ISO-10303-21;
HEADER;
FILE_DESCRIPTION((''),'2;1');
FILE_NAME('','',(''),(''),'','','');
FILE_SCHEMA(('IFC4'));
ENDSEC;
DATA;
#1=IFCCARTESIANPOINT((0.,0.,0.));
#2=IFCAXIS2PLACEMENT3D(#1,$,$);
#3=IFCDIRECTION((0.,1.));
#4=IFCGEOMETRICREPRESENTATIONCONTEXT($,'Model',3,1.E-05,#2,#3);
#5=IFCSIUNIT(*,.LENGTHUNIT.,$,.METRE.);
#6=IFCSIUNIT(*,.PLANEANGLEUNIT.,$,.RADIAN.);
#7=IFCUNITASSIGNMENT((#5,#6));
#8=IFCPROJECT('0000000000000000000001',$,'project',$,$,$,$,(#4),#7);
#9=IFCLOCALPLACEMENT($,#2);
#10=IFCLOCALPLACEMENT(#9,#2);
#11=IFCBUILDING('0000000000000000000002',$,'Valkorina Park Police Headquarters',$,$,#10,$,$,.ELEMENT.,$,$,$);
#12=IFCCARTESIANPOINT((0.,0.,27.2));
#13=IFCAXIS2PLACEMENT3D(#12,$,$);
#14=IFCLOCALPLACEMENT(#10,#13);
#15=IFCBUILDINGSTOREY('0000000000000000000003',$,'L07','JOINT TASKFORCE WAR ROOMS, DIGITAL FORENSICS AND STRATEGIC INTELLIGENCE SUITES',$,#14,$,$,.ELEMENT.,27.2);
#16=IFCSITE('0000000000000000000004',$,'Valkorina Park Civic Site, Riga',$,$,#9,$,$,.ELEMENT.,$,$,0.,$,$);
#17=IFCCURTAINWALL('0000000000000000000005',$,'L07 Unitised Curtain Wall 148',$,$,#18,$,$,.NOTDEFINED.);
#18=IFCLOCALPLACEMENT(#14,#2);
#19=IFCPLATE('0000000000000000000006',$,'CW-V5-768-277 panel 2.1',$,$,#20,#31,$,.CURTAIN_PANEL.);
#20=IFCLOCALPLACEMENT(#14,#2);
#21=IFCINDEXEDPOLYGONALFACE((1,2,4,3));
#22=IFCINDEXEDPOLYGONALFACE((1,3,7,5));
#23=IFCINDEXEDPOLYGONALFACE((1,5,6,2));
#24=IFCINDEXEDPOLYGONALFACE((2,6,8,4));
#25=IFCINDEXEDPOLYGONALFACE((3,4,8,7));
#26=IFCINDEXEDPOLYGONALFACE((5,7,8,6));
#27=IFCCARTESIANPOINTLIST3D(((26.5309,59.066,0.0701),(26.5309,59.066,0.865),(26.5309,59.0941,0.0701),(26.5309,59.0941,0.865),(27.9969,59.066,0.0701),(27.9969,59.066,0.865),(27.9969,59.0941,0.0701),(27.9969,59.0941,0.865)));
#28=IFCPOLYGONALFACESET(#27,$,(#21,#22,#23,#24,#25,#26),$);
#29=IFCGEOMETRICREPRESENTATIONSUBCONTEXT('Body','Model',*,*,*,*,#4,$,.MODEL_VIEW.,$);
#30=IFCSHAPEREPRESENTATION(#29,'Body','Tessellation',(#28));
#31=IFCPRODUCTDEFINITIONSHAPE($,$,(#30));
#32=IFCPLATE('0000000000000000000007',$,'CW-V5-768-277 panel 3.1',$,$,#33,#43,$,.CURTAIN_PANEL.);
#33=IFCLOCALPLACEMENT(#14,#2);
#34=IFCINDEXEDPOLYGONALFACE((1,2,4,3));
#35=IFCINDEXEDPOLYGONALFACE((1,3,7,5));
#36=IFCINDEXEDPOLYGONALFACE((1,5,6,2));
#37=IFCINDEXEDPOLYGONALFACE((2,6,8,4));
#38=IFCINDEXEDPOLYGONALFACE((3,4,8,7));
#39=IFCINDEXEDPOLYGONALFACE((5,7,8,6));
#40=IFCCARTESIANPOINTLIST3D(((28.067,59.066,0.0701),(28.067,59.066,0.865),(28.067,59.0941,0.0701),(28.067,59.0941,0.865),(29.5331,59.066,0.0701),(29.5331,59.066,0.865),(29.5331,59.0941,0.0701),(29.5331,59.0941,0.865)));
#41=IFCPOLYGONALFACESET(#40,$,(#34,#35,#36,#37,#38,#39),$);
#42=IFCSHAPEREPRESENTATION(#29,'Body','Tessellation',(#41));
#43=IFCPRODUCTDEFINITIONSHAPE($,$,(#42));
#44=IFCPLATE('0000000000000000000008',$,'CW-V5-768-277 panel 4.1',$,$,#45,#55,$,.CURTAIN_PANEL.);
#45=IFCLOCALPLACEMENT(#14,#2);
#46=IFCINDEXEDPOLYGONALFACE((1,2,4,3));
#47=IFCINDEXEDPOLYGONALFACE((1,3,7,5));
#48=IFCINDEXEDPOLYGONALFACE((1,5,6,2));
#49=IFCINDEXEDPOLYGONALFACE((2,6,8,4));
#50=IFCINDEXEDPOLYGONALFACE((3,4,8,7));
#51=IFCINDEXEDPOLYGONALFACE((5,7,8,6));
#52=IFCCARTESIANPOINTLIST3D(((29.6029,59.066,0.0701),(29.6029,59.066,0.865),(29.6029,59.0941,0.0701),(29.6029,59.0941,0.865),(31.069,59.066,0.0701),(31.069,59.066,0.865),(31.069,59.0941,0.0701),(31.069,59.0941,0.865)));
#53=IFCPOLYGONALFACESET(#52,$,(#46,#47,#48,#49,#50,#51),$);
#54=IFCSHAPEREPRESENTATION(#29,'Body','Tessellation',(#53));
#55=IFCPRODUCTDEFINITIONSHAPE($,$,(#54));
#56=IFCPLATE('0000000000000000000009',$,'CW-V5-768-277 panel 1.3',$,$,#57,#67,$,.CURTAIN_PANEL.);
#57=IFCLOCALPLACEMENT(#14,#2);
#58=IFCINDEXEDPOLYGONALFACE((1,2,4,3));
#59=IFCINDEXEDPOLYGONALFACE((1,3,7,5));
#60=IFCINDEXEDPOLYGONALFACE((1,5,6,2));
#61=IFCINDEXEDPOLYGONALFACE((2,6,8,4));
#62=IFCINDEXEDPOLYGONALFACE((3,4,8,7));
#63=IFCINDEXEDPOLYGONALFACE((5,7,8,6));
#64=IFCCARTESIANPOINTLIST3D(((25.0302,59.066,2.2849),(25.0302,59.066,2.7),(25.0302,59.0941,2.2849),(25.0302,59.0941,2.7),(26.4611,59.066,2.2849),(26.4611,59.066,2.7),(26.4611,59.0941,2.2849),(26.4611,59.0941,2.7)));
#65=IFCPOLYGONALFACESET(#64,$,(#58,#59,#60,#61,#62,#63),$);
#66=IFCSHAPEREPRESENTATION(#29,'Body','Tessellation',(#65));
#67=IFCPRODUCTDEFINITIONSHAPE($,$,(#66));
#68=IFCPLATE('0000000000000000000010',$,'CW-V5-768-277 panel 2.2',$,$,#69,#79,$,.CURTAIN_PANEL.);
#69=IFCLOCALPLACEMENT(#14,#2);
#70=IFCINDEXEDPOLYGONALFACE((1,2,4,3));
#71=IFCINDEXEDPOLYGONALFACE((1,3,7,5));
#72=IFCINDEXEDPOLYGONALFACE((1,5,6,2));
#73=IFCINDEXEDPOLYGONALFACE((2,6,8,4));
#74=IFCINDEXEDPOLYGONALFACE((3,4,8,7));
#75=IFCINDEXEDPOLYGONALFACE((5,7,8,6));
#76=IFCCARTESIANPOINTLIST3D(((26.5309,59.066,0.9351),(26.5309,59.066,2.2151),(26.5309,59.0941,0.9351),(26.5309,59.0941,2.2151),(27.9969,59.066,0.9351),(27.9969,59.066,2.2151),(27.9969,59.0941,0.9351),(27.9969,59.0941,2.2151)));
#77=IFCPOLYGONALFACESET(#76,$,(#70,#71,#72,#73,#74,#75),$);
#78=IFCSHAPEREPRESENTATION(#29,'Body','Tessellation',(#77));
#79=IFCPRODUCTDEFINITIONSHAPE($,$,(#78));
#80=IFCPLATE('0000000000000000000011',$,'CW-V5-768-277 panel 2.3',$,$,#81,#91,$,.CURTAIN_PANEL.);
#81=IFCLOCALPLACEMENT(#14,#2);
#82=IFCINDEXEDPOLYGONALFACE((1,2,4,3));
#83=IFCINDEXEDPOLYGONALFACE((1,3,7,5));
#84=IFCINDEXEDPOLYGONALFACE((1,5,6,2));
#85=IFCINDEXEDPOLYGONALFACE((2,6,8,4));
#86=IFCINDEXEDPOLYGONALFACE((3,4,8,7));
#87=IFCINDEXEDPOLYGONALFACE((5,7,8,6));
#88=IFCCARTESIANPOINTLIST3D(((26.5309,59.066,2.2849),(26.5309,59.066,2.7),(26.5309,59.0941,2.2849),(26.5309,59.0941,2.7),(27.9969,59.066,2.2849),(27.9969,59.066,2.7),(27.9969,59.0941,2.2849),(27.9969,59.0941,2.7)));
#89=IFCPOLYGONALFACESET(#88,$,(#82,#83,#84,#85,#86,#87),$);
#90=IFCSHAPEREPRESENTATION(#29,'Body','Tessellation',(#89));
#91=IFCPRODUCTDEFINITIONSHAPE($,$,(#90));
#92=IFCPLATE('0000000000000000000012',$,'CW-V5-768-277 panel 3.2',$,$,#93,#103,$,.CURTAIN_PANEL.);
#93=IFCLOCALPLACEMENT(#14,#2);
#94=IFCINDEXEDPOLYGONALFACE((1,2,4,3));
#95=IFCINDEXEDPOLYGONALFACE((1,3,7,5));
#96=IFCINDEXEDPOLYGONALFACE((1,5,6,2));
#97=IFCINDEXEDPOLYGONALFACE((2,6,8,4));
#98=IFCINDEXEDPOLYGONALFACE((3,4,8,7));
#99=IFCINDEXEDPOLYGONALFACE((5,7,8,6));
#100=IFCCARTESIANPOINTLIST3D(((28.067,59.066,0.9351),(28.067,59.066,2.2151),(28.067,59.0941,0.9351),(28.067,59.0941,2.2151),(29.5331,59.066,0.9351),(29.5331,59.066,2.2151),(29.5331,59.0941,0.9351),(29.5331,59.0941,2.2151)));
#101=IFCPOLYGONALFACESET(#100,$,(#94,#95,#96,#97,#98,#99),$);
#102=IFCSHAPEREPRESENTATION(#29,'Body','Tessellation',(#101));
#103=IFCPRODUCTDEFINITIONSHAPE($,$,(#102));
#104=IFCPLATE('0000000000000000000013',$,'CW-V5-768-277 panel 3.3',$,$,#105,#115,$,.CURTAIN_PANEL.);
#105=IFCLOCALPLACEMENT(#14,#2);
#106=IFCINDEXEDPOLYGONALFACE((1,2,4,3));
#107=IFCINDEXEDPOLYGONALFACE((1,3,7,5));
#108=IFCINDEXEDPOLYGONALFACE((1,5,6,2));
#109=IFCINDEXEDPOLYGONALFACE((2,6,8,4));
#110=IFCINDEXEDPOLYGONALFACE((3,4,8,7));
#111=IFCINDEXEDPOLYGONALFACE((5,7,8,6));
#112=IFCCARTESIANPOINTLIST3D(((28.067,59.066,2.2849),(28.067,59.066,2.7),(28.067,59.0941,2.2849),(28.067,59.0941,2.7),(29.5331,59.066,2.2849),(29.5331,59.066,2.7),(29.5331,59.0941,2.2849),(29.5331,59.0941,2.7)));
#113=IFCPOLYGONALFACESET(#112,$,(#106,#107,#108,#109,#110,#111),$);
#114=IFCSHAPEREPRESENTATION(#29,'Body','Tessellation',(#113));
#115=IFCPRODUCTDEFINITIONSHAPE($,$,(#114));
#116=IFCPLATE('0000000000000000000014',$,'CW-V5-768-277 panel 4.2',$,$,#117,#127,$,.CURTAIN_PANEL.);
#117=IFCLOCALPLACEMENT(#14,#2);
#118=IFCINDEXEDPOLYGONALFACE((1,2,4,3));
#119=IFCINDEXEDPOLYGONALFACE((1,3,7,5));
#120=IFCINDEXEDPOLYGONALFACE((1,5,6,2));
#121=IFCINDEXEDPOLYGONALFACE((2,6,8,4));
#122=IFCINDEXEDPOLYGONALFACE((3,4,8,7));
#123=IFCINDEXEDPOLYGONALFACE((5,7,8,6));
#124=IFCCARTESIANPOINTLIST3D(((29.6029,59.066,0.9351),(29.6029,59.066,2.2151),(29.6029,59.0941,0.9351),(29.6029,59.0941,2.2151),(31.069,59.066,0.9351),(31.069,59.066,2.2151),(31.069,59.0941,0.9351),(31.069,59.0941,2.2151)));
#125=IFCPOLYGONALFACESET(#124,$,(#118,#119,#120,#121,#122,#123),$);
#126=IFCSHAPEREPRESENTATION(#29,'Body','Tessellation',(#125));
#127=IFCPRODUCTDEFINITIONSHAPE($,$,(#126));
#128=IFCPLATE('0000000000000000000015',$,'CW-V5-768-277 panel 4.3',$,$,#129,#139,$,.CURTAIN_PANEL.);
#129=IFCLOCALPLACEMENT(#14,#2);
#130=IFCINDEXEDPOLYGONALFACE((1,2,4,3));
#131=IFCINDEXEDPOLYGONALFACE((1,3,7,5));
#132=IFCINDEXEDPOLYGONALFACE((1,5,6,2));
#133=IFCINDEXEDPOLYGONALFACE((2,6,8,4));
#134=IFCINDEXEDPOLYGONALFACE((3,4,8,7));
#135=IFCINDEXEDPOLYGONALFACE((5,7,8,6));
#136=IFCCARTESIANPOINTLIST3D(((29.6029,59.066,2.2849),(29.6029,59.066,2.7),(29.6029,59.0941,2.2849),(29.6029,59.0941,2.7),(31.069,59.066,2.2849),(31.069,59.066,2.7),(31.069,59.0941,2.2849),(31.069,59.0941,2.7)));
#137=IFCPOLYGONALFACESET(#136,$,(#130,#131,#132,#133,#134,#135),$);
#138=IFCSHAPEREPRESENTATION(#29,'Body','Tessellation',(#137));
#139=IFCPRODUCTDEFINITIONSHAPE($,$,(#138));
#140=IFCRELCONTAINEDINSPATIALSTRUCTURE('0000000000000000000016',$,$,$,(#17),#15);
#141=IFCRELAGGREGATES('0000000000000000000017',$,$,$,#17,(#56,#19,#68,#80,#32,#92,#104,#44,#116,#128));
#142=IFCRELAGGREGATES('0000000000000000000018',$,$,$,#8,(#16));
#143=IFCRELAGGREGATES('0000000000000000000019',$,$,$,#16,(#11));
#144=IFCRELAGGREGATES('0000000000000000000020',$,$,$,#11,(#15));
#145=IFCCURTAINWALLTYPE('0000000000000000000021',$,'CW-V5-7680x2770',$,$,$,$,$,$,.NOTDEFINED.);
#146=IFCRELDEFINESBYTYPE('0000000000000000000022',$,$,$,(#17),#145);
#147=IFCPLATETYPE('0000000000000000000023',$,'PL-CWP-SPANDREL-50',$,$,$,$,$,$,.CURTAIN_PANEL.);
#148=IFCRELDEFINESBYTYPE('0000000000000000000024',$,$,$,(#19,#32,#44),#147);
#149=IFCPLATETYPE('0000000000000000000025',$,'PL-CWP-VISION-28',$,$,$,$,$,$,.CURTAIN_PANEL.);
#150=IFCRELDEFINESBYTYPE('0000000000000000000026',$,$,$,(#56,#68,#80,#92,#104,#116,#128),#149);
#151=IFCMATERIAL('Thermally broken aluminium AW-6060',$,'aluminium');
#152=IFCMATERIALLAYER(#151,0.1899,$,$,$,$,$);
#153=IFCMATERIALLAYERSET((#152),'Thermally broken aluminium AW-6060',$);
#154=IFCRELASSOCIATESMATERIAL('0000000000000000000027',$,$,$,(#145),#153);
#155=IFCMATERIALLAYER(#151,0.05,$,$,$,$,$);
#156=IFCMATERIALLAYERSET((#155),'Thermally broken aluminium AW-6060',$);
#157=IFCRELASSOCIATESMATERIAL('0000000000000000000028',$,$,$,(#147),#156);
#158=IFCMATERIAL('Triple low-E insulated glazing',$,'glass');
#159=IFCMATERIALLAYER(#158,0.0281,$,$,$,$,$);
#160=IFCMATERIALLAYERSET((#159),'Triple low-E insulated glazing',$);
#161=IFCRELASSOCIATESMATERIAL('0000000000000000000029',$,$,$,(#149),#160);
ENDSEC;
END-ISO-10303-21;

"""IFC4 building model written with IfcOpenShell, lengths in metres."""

from ifc_helpers import new_model, si_unit, direction, frame, origin, origin_2d, place, context, subcontext, project, spatial, rectangle, extrude, material, layer, layer_set, type_object, element, aggregate, save


model = new_model("IFC4")

# Units and contexts
model_context = context("Model", 3, precision=1e-05, world=origin(), true_north=direction((0.0, 1.0)))
body_context = subcontext(model_context, "Body", "Model", "MODEL_VIEW")
ifc_project = project(units=[si_unit("LENGTHUNIT", "METRE"), si_unit("PLANEANGLEUNIT", "RADIAN")], contexts=[model_context])

# Site, building, storey
site_placement = place(None, origin())
site = spatial("IfcSite", under=ifc_project, at=site_placement, Name="Valkorina Park Civic Site, Riga", CompositionType="ELEMENT", RefElevation=0.0)
building_placement = place(site_placement, origin())
building = spatial("IfcBuilding", under=site, at=building_placement, Name="Valkorina Park Police Headquarters", CompositionType="ELEMENT")
storey_placement = place(building_placement, frame((0.0, 0.0, 27.2)))
storey = spatial("IfcBuildingStorey", under=building, at=storey_placement, Name="L07", Description="JOINT TASKFORCE WAR ROOMS, DIGITAL FORENSICS AND STRATEGIC INTELLIGENCE SUITES", CompositionType="ELEMENT", Elevation=27.2)

# Curtain wall, plates
ifc_material_1 = material(Name="Thermally broken aluminium AW-6060", Category="aluminium")
ifc_layer_1 = layer(ifc_material_1, 0.1899)
ifc_layer_set_1 = layer_set([ifc_layer_1], Name="Thermally broken aluminium AW-6060")
curtain_wall_type = type_object("IfcCurtainWallType", Name="CW-V5-7680x2770", PredefinedType="NOTDEFINED", material=ifc_layer_set_1)
curtain_wall_placement = place(storey_placement, origin())
curtain_wall = element("IfcCurtainWall", 1, at=curtain_wall_placement, inside=storey, type_object=curtain_wall_type, Name="L07 Unitised Curtain Wall 148", PredefinedType="NOTDEFINED")
ifc_layer_2 = layer(ifc_material_1, 0.05)
ifc_layer_set_2 = layer_set([ifc_layer_2], Name="Thermally broken aluminium AW-6060")
plate_type_1 = type_object("IfcPlateType", Name="PL-CWP-SPANDREL-50", PredefinedType="CURTAIN_PANEL", material=ifc_layer_set_2)
plate_1_placement = place(storey_placement, frame((27.2639, 59.0801, 0.0701), z_axis=(0.0, 0.0, 1.0), x_axis=(1.0, 0.0, 0.0)))
plate_1 = element("IfcPlate", 2, at=plate_1_placement, type_object=plate_type_1, Name="CW-V5-768-277 panel 2.1", PredefinedType="CURTAIN_PANEL", context=body_context, shape_type="SweptSolid", body=[
    extrude(rectangle(XDim=1.4661, YDim=0.0281, at=origin_2d()), origin(), (0.0, 0.0, 1.0), 0.7949),
])
plate_2_placement = place(storey_placement, frame((28.8, 59.0801, 0.0701), z_axis=(0.0, 0.0, 1.0), x_axis=(1.0, 0.0, 0.0)))
plate_2 = element("IfcPlate", 3, at=plate_2_placement, type_object=plate_type_1, Name="CW-V5-768-277 panel 3.1", PredefinedType="CURTAIN_PANEL", context=body_context, shape_type="SweptSolid", body=[
    extrude(rectangle(XDim=1.4661, YDim=0.0281, at=origin_2d()), origin(), (0.0, 0.0, 1.0), 0.7949),
])
plate_3_placement = place(storey_placement, frame((30.3359, 59.0801, 0.0701), z_axis=(0.0, 0.0, 1.0), x_axis=(1.0, 0.0, 0.0)))
plate_3 = element("IfcPlate", 4, at=plate_3_placement, type_object=plate_type_1, Name="CW-V5-768-277 panel 4.1", PredefinedType="CURTAIN_PANEL", context=body_context, shape_type="SweptSolid", body=[
    extrude(rectangle(XDim=1.4661, YDim=0.0281, at=origin_2d()), origin(), (0.0, 0.0, 1.0), 0.7949),
])
ifc_material_2 = material(Name="Triple low-E insulated glazing", Category="glass")
ifc_layer_3 = layer(ifc_material_2, 0.0281)
ifc_layer_set_3 = layer_set([ifc_layer_3], Name="Triple low-E insulated glazing")
plate_type_2 = type_object("IfcPlateType", Name="PL-CWP-VISION-28", PredefinedType="CURTAIN_PANEL", material=ifc_layer_set_3)
plate_4_placement = place(storey_placement, frame((25.7456, 59.0801, 2.2849), z_axis=(0.0, 0.0, 1.0), x_axis=(1.0, 0.0, 0.0)))
plate_4 = element("IfcPlate", 5, at=plate_4_placement, type_object=plate_type_2, Name="CW-V5-768-277 panel 1.3", PredefinedType="CURTAIN_PANEL", context=body_context, shape_type="SweptSolid", body=[
    extrude(rectangle(XDim=1.4309, YDim=0.0281, at=origin_2d()), origin(), (0.0, 0.0, 1.0), 0.415),
])
plate_5_placement = place(storey_placement, frame((27.2639, 59.0801, 0.9351), z_axis=(0.0, 0.0, 1.0), x_axis=(1.0, 0.0, 0.0)))
plate_5 = element("IfcPlate", 6, at=plate_5_placement, type_object=plate_type_2, Name="CW-V5-768-277 panel 2.2", PredefinedType="CURTAIN_PANEL", context=body_context, shape_type="SweptSolid", body=[
    extrude(rectangle(XDim=1.4661, YDim=0.0281, at=origin_2d()), origin(), (0.0, 0.0, 1.0), 1.28),
])
plate_6_placement = place(storey_placement, frame((27.2639, 59.0801, 2.2849), z_axis=(0.0, 0.0, 1.0), x_axis=(1.0, 0.0, 0.0)))
plate_6 = element("IfcPlate", 7, at=plate_6_placement, type_object=plate_type_2, Name="CW-V5-768-277 panel 2.3", PredefinedType="CURTAIN_PANEL", context=body_context, shape_type="SweptSolid", body=[
    extrude(rectangle(XDim=1.4661, YDim=0.0281, at=origin_2d()), origin(), (0.0, 0.0, 1.0), 0.415),
])
plate_7_placement = place(storey_placement, frame((28.8, 59.0801, 0.9351), z_axis=(0.0, 0.0, 1.0), x_axis=(1.0, 0.0, 0.0)))
plate_7 = element("IfcPlate", 8, at=plate_7_placement, type_object=plate_type_2, Name="CW-V5-768-277 panel 3.2", PredefinedType="CURTAIN_PANEL", context=body_context, shape_type="SweptSolid", body=[
    extrude(rectangle(XDim=1.4661, YDim=0.0281, at=origin_2d()), origin(), (0.0, 0.0, 1.0), 1.28),
])
plate_8_placement = place(storey_placement, frame((28.8, 59.0801, 2.2849), z_axis=(0.0, 0.0, 1.0), x_axis=(1.0, 0.0, 0.0)))
plate_8 = element("IfcPlate", 9, at=plate_8_placement, type_object=plate_type_2, Name="CW-V5-768-277 panel 3.3", PredefinedType="CURTAIN_PANEL", context=body_context, shape_type="SweptSolid", body=[
    extrude(rectangle(XDim=1.4661, YDim=0.0281, at=origin_2d()), origin(), (0.0, 0.0, 1.0), 0.415),
])
plate_9_placement = place(storey_placement, frame((30.3359, 59.0801, 0.9351), z_axis=(0.0, 0.0, 1.0), x_axis=(1.0, 0.0, 0.0)))
plate_9 = element("IfcPlate", 10, at=plate_9_placement, type_object=plate_type_2, Name="CW-V5-768-277 panel 4.2", PredefinedType="CURTAIN_PANEL", context=body_context, shape_type="SweptSolid", body=[
    extrude(rectangle(XDim=1.4661, YDim=0.0281, at=origin_2d()), origin(), (0.0, 0.0, 1.0), 1.28),
])
plate_10_placement = place(storey_placement, frame((30.3359, 59.0801, 2.2849), z_axis=(0.0, 0.0, 1.0), x_axis=(1.0, 0.0, 0.0)))
plate_10 = element("IfcPlate", 11, at=plate_10_placement, type_object=plate_type_2, Name="CW-V5-768-277 panel 4.3", PredefinedType="CURTAIN_PANEL", context=body_context, shape_type="SweptSolid", body=[
    extrude(rectangle(XDim=1.4661, YDim=0.0281, at=origin_2d()), origin(), (0.0, 0.0, 1.0), 0.415),
])
aggregate(curtain_wall, [plate_4, plate_1, plate_5, plate_6, plate_2, plate_7, plate_8, plate_3, plate_9, plate_10])

save(model, "model.ifc")
